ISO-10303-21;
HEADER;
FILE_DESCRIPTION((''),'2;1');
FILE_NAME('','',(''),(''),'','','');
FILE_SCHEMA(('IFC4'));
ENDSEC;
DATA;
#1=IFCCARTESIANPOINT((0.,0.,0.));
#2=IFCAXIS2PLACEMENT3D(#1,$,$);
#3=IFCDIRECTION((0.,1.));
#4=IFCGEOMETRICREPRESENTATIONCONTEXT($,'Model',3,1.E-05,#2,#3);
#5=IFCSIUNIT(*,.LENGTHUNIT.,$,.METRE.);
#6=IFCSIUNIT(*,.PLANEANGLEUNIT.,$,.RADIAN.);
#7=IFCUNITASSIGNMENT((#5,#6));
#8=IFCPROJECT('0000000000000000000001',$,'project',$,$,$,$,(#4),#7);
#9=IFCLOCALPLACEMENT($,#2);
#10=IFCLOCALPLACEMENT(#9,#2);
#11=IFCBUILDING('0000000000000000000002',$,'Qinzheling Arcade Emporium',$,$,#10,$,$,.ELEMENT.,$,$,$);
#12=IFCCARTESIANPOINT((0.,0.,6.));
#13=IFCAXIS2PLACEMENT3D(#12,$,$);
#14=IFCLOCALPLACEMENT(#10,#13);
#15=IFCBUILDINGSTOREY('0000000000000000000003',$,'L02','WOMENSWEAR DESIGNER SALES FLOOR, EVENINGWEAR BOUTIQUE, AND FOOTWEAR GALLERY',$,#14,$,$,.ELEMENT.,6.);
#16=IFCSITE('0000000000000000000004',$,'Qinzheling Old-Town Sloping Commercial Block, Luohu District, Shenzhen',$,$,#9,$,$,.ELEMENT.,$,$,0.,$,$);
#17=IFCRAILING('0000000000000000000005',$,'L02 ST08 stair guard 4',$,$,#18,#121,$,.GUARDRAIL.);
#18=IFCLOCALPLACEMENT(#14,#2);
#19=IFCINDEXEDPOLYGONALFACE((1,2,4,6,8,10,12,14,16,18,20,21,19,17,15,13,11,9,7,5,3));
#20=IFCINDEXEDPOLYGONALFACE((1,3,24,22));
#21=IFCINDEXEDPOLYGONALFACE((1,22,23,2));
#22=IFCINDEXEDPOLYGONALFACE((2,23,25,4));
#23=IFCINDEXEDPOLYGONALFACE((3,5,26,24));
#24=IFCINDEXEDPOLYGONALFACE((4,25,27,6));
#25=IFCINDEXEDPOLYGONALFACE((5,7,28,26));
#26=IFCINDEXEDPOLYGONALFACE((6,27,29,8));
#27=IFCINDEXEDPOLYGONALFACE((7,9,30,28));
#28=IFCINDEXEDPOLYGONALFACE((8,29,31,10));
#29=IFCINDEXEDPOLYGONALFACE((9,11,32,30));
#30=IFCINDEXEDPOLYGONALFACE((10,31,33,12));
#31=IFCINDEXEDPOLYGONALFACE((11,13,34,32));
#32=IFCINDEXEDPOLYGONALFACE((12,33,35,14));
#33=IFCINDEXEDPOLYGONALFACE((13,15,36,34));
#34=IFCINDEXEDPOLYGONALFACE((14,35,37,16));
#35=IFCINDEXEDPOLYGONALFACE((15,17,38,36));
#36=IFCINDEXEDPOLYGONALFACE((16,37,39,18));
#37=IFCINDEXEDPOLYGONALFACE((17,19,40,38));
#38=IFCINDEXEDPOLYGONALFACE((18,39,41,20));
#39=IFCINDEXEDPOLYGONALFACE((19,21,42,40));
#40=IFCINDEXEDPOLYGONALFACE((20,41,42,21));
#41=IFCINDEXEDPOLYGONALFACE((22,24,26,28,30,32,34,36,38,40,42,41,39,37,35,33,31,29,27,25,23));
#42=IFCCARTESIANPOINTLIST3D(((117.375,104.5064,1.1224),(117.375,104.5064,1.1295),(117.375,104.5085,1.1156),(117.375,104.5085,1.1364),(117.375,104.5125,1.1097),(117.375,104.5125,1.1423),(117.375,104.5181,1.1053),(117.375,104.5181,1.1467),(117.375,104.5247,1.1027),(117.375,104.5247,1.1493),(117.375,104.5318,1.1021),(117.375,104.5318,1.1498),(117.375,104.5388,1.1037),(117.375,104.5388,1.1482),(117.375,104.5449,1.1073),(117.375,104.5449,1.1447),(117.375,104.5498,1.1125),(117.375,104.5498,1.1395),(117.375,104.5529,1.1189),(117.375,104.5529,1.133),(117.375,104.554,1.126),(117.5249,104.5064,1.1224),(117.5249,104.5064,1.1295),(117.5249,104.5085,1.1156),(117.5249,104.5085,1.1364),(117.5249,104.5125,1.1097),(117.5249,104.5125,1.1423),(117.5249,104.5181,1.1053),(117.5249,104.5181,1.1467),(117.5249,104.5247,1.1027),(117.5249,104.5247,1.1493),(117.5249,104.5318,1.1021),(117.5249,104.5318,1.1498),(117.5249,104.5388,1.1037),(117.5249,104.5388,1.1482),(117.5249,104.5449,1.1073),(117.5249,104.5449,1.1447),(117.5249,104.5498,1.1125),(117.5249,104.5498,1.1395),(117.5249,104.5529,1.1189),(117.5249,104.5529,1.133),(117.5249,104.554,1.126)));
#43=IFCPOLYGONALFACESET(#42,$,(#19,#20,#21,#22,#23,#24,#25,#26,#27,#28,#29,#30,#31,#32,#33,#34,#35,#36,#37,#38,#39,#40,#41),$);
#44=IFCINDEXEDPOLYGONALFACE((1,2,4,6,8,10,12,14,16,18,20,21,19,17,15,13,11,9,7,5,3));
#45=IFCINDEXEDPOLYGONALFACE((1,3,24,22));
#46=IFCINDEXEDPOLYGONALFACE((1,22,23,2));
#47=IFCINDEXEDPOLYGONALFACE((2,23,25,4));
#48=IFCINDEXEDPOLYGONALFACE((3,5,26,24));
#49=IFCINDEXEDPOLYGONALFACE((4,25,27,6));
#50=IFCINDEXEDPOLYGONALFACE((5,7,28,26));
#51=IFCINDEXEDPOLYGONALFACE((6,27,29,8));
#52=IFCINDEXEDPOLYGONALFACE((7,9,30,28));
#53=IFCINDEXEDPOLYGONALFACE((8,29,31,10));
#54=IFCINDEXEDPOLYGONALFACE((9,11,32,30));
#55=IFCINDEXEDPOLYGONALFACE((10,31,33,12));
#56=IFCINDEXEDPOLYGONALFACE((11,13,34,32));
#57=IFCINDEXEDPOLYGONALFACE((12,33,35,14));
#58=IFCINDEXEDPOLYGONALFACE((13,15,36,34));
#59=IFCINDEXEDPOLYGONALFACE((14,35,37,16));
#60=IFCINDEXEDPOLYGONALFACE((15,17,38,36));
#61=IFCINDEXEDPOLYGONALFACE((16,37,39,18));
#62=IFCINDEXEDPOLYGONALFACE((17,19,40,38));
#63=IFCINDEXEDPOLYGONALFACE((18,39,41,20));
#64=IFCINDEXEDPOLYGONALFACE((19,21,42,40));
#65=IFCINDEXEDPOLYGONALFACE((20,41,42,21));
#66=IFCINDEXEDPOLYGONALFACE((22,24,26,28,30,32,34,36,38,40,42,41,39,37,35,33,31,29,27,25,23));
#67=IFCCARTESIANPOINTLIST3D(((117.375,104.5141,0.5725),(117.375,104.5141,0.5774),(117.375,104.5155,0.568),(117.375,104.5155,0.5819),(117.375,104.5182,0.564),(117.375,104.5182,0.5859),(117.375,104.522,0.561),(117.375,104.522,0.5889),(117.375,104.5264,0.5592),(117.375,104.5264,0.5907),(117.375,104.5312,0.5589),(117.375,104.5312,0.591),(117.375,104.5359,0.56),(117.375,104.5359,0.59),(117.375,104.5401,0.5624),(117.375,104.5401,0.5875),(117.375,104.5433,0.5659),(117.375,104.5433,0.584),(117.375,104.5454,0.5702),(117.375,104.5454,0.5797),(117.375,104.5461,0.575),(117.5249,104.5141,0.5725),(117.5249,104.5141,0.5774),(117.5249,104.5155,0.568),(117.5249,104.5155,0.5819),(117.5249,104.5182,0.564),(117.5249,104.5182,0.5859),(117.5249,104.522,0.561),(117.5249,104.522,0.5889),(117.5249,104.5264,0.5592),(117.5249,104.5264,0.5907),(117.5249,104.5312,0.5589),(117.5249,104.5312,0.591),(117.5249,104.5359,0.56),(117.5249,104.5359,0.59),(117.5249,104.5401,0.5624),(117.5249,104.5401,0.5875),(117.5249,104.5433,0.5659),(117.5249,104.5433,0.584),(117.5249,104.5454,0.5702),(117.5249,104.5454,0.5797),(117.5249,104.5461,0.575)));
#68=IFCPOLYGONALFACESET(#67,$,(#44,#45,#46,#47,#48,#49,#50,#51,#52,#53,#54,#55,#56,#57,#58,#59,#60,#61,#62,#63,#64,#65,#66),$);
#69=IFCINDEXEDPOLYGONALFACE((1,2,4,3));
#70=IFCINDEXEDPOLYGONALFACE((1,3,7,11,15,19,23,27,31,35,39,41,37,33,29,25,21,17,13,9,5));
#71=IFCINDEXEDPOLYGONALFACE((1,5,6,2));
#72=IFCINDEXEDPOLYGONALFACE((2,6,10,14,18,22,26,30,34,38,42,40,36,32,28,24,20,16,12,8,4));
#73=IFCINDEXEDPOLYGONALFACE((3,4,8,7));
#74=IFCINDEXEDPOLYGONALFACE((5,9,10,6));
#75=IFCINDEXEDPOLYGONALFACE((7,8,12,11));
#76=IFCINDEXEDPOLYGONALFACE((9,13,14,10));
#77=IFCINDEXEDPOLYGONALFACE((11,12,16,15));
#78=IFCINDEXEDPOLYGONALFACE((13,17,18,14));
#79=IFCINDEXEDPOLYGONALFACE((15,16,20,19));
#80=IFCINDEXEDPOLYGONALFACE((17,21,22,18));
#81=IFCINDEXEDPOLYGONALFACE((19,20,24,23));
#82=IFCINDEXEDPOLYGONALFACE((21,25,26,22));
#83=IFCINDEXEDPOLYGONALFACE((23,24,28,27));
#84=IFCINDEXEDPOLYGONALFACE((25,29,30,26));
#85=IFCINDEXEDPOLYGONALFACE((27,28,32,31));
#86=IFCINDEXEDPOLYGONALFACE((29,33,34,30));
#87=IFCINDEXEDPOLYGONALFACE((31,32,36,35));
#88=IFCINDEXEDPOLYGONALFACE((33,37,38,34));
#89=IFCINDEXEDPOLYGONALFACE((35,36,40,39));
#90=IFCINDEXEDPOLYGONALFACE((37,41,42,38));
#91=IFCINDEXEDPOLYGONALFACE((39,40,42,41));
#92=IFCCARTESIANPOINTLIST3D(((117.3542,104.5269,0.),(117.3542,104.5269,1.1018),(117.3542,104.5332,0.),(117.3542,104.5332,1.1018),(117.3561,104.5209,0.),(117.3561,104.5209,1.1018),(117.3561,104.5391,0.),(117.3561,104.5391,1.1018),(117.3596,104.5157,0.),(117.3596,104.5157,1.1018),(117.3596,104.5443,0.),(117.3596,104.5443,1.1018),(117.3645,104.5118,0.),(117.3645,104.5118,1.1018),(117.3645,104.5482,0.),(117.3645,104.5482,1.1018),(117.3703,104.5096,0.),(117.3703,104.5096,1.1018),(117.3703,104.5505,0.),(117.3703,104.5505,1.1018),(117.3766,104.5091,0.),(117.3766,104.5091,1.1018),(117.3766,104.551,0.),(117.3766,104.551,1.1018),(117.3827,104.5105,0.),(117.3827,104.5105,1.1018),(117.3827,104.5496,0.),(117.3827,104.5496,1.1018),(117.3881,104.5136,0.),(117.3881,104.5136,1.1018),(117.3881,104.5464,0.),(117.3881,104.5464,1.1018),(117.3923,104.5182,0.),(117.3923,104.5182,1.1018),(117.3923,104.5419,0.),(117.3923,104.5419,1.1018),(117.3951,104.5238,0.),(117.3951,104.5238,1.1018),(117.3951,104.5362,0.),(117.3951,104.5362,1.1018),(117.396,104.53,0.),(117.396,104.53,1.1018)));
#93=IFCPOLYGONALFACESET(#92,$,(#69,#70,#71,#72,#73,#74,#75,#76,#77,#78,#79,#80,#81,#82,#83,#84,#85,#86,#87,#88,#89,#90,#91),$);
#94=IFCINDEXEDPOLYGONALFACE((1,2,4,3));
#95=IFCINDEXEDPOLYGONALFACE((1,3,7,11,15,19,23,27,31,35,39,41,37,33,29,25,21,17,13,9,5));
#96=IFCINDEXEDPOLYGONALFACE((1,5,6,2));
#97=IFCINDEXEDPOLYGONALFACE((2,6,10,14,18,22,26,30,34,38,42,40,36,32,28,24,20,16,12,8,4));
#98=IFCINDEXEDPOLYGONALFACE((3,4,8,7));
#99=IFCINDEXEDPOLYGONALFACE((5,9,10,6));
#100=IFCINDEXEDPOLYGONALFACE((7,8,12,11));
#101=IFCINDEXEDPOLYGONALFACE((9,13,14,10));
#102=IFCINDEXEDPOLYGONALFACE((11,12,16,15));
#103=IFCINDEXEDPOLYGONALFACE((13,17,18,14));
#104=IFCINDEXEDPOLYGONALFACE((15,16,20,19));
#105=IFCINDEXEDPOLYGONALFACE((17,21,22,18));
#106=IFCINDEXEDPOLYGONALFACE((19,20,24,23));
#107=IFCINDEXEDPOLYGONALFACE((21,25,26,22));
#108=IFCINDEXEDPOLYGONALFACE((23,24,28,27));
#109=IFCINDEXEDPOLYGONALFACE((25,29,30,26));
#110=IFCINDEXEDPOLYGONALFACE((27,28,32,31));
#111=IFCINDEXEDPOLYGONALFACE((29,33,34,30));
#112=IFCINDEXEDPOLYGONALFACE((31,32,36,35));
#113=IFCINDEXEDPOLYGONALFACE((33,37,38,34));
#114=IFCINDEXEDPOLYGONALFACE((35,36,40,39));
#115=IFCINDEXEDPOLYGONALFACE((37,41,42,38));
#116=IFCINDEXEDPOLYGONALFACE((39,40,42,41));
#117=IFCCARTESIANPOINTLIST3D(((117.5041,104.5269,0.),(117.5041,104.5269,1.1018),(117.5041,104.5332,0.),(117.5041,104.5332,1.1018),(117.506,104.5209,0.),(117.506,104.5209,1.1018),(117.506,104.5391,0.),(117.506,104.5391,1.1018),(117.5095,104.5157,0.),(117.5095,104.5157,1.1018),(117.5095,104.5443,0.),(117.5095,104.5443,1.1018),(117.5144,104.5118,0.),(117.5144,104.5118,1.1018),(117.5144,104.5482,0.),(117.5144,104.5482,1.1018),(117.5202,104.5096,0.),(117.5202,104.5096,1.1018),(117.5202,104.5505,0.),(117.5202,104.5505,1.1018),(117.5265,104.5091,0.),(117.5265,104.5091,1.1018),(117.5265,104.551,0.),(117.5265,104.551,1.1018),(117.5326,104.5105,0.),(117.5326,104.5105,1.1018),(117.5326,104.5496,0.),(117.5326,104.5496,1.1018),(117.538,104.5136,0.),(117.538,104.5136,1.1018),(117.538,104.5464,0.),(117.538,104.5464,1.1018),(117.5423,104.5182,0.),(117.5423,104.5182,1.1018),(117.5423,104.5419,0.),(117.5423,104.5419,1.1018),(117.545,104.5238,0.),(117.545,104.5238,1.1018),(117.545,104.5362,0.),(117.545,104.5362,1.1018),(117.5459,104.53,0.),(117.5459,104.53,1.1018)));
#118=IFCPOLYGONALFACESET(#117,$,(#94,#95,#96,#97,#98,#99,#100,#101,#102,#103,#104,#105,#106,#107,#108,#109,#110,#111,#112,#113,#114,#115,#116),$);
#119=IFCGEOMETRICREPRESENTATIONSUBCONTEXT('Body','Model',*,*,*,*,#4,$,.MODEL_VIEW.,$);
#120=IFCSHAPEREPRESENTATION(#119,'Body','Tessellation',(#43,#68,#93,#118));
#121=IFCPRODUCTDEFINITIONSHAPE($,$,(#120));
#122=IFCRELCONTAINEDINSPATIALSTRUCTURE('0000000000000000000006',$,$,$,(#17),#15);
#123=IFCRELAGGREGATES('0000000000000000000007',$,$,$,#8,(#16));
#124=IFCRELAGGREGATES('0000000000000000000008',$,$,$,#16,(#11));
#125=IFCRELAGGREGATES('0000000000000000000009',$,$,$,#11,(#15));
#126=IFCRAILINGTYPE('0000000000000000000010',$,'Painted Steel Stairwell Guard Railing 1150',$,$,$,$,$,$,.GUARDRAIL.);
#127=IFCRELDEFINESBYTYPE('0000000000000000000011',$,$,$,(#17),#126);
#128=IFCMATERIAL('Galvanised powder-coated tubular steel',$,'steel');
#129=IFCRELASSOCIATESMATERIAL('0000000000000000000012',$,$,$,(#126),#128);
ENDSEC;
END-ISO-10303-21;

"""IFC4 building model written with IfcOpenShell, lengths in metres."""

from ifc_helpers import new_model, si_unit, direction, frame, origin, origin_2d, place, context, subcontext, project, spatial, circle, extrude, material, type_object, element, save


model = new_model("IFC4")

# Units and contexts
model_context = context("Model", 3, precision=1e-05, world=origin(), true_north=direction((0.0, 1.0)))
body_context = subcontext(model_context, "Body", "Model", "MODEL_VIEW")
ifc_project = project(units=[si_unit("LENGTHUNIT", "METRE"), si_unit("PLANEANGLEUNIT", "RADIAN")], contexts=[model_context])

# Site, building, storey
site_placement = place(None, origin())
site = spatial("IfcSite", under=ifc_project, at=site_placement, Name="Qinzheling Old-Town Sloping Commercial Block, Luohu District, Shenzhen", CompositionType="ELEMENT", RefElevation=0.0)
building_placement = place(site_placement, origin())
building = spatial("IfcBuilding", under=site, at=building_placement, Name="Qinzheling Arcade Emporium", CompositionType="ELEMENT")
storey_placement = place(building_placement, frame((0.0, 0.0, 6.0)))
storey = spatial("IfcBuildingStorey", under=building, at=storey_placement, Name="L02", Description="WOMENSWEAR DESIGNER SALES FLOOR, EVENINGWEAR BOUTIQUE, AND FOOTWEAR GALLERY", CompositionType="ELEMENT", Elevation=6.0)

# Railing
ifc_material_1 = material(Name="Galvanised powder-coated tubular steel", Category="steel")
railing_type = type_object("IfcRailingType", Name="Painted Steel Stairwell Guard Railing 1150", PredefinedType="GUARDRAIL", material=ifc_material_1)
railing_1_placement = place(storey_placement, frame((117.375, 104.53, 0.0)))
element("IfcRailing", 1, at=railing_1_placement, inside=storey, type_object=railing_type, Name="L02 ST08 stair guard 4", PredefinedType="GUARDRAIL", context=body_context, shape_type="SweptSolid", body=[
    extrude(circle(Radius=0.0239, at=origin_2d()), frame((0.0, 0.0, 1.126), z_axis=(1.0, 0.0, 0.0), x_axis=(0.0, 1.0, 0.0)), (0.0, 0.0, 1.0), 0.1499),
    extrude(circle(Radius=0.0161, at=origin_2d()), frame((0.0, 0.0, 0.575), z_axis=(1.0, 0.0, 0.0), x_axis=(0.0, 1.0, 0.0)), (0.0, 0.0, 1.0), 0.1499),
    extrude(circle(Radius=0.021, at=origin_2d()), origin(), (0.0, 0.0, 1.0), 1.1018),
    extrude(circle(Radius=0.021, at=origin_2d()), frame((0.1499, 0.0, 0.0)), (0.0, 0.0, 1.0), 1.1018),
])

save(model, "model.ifc")
